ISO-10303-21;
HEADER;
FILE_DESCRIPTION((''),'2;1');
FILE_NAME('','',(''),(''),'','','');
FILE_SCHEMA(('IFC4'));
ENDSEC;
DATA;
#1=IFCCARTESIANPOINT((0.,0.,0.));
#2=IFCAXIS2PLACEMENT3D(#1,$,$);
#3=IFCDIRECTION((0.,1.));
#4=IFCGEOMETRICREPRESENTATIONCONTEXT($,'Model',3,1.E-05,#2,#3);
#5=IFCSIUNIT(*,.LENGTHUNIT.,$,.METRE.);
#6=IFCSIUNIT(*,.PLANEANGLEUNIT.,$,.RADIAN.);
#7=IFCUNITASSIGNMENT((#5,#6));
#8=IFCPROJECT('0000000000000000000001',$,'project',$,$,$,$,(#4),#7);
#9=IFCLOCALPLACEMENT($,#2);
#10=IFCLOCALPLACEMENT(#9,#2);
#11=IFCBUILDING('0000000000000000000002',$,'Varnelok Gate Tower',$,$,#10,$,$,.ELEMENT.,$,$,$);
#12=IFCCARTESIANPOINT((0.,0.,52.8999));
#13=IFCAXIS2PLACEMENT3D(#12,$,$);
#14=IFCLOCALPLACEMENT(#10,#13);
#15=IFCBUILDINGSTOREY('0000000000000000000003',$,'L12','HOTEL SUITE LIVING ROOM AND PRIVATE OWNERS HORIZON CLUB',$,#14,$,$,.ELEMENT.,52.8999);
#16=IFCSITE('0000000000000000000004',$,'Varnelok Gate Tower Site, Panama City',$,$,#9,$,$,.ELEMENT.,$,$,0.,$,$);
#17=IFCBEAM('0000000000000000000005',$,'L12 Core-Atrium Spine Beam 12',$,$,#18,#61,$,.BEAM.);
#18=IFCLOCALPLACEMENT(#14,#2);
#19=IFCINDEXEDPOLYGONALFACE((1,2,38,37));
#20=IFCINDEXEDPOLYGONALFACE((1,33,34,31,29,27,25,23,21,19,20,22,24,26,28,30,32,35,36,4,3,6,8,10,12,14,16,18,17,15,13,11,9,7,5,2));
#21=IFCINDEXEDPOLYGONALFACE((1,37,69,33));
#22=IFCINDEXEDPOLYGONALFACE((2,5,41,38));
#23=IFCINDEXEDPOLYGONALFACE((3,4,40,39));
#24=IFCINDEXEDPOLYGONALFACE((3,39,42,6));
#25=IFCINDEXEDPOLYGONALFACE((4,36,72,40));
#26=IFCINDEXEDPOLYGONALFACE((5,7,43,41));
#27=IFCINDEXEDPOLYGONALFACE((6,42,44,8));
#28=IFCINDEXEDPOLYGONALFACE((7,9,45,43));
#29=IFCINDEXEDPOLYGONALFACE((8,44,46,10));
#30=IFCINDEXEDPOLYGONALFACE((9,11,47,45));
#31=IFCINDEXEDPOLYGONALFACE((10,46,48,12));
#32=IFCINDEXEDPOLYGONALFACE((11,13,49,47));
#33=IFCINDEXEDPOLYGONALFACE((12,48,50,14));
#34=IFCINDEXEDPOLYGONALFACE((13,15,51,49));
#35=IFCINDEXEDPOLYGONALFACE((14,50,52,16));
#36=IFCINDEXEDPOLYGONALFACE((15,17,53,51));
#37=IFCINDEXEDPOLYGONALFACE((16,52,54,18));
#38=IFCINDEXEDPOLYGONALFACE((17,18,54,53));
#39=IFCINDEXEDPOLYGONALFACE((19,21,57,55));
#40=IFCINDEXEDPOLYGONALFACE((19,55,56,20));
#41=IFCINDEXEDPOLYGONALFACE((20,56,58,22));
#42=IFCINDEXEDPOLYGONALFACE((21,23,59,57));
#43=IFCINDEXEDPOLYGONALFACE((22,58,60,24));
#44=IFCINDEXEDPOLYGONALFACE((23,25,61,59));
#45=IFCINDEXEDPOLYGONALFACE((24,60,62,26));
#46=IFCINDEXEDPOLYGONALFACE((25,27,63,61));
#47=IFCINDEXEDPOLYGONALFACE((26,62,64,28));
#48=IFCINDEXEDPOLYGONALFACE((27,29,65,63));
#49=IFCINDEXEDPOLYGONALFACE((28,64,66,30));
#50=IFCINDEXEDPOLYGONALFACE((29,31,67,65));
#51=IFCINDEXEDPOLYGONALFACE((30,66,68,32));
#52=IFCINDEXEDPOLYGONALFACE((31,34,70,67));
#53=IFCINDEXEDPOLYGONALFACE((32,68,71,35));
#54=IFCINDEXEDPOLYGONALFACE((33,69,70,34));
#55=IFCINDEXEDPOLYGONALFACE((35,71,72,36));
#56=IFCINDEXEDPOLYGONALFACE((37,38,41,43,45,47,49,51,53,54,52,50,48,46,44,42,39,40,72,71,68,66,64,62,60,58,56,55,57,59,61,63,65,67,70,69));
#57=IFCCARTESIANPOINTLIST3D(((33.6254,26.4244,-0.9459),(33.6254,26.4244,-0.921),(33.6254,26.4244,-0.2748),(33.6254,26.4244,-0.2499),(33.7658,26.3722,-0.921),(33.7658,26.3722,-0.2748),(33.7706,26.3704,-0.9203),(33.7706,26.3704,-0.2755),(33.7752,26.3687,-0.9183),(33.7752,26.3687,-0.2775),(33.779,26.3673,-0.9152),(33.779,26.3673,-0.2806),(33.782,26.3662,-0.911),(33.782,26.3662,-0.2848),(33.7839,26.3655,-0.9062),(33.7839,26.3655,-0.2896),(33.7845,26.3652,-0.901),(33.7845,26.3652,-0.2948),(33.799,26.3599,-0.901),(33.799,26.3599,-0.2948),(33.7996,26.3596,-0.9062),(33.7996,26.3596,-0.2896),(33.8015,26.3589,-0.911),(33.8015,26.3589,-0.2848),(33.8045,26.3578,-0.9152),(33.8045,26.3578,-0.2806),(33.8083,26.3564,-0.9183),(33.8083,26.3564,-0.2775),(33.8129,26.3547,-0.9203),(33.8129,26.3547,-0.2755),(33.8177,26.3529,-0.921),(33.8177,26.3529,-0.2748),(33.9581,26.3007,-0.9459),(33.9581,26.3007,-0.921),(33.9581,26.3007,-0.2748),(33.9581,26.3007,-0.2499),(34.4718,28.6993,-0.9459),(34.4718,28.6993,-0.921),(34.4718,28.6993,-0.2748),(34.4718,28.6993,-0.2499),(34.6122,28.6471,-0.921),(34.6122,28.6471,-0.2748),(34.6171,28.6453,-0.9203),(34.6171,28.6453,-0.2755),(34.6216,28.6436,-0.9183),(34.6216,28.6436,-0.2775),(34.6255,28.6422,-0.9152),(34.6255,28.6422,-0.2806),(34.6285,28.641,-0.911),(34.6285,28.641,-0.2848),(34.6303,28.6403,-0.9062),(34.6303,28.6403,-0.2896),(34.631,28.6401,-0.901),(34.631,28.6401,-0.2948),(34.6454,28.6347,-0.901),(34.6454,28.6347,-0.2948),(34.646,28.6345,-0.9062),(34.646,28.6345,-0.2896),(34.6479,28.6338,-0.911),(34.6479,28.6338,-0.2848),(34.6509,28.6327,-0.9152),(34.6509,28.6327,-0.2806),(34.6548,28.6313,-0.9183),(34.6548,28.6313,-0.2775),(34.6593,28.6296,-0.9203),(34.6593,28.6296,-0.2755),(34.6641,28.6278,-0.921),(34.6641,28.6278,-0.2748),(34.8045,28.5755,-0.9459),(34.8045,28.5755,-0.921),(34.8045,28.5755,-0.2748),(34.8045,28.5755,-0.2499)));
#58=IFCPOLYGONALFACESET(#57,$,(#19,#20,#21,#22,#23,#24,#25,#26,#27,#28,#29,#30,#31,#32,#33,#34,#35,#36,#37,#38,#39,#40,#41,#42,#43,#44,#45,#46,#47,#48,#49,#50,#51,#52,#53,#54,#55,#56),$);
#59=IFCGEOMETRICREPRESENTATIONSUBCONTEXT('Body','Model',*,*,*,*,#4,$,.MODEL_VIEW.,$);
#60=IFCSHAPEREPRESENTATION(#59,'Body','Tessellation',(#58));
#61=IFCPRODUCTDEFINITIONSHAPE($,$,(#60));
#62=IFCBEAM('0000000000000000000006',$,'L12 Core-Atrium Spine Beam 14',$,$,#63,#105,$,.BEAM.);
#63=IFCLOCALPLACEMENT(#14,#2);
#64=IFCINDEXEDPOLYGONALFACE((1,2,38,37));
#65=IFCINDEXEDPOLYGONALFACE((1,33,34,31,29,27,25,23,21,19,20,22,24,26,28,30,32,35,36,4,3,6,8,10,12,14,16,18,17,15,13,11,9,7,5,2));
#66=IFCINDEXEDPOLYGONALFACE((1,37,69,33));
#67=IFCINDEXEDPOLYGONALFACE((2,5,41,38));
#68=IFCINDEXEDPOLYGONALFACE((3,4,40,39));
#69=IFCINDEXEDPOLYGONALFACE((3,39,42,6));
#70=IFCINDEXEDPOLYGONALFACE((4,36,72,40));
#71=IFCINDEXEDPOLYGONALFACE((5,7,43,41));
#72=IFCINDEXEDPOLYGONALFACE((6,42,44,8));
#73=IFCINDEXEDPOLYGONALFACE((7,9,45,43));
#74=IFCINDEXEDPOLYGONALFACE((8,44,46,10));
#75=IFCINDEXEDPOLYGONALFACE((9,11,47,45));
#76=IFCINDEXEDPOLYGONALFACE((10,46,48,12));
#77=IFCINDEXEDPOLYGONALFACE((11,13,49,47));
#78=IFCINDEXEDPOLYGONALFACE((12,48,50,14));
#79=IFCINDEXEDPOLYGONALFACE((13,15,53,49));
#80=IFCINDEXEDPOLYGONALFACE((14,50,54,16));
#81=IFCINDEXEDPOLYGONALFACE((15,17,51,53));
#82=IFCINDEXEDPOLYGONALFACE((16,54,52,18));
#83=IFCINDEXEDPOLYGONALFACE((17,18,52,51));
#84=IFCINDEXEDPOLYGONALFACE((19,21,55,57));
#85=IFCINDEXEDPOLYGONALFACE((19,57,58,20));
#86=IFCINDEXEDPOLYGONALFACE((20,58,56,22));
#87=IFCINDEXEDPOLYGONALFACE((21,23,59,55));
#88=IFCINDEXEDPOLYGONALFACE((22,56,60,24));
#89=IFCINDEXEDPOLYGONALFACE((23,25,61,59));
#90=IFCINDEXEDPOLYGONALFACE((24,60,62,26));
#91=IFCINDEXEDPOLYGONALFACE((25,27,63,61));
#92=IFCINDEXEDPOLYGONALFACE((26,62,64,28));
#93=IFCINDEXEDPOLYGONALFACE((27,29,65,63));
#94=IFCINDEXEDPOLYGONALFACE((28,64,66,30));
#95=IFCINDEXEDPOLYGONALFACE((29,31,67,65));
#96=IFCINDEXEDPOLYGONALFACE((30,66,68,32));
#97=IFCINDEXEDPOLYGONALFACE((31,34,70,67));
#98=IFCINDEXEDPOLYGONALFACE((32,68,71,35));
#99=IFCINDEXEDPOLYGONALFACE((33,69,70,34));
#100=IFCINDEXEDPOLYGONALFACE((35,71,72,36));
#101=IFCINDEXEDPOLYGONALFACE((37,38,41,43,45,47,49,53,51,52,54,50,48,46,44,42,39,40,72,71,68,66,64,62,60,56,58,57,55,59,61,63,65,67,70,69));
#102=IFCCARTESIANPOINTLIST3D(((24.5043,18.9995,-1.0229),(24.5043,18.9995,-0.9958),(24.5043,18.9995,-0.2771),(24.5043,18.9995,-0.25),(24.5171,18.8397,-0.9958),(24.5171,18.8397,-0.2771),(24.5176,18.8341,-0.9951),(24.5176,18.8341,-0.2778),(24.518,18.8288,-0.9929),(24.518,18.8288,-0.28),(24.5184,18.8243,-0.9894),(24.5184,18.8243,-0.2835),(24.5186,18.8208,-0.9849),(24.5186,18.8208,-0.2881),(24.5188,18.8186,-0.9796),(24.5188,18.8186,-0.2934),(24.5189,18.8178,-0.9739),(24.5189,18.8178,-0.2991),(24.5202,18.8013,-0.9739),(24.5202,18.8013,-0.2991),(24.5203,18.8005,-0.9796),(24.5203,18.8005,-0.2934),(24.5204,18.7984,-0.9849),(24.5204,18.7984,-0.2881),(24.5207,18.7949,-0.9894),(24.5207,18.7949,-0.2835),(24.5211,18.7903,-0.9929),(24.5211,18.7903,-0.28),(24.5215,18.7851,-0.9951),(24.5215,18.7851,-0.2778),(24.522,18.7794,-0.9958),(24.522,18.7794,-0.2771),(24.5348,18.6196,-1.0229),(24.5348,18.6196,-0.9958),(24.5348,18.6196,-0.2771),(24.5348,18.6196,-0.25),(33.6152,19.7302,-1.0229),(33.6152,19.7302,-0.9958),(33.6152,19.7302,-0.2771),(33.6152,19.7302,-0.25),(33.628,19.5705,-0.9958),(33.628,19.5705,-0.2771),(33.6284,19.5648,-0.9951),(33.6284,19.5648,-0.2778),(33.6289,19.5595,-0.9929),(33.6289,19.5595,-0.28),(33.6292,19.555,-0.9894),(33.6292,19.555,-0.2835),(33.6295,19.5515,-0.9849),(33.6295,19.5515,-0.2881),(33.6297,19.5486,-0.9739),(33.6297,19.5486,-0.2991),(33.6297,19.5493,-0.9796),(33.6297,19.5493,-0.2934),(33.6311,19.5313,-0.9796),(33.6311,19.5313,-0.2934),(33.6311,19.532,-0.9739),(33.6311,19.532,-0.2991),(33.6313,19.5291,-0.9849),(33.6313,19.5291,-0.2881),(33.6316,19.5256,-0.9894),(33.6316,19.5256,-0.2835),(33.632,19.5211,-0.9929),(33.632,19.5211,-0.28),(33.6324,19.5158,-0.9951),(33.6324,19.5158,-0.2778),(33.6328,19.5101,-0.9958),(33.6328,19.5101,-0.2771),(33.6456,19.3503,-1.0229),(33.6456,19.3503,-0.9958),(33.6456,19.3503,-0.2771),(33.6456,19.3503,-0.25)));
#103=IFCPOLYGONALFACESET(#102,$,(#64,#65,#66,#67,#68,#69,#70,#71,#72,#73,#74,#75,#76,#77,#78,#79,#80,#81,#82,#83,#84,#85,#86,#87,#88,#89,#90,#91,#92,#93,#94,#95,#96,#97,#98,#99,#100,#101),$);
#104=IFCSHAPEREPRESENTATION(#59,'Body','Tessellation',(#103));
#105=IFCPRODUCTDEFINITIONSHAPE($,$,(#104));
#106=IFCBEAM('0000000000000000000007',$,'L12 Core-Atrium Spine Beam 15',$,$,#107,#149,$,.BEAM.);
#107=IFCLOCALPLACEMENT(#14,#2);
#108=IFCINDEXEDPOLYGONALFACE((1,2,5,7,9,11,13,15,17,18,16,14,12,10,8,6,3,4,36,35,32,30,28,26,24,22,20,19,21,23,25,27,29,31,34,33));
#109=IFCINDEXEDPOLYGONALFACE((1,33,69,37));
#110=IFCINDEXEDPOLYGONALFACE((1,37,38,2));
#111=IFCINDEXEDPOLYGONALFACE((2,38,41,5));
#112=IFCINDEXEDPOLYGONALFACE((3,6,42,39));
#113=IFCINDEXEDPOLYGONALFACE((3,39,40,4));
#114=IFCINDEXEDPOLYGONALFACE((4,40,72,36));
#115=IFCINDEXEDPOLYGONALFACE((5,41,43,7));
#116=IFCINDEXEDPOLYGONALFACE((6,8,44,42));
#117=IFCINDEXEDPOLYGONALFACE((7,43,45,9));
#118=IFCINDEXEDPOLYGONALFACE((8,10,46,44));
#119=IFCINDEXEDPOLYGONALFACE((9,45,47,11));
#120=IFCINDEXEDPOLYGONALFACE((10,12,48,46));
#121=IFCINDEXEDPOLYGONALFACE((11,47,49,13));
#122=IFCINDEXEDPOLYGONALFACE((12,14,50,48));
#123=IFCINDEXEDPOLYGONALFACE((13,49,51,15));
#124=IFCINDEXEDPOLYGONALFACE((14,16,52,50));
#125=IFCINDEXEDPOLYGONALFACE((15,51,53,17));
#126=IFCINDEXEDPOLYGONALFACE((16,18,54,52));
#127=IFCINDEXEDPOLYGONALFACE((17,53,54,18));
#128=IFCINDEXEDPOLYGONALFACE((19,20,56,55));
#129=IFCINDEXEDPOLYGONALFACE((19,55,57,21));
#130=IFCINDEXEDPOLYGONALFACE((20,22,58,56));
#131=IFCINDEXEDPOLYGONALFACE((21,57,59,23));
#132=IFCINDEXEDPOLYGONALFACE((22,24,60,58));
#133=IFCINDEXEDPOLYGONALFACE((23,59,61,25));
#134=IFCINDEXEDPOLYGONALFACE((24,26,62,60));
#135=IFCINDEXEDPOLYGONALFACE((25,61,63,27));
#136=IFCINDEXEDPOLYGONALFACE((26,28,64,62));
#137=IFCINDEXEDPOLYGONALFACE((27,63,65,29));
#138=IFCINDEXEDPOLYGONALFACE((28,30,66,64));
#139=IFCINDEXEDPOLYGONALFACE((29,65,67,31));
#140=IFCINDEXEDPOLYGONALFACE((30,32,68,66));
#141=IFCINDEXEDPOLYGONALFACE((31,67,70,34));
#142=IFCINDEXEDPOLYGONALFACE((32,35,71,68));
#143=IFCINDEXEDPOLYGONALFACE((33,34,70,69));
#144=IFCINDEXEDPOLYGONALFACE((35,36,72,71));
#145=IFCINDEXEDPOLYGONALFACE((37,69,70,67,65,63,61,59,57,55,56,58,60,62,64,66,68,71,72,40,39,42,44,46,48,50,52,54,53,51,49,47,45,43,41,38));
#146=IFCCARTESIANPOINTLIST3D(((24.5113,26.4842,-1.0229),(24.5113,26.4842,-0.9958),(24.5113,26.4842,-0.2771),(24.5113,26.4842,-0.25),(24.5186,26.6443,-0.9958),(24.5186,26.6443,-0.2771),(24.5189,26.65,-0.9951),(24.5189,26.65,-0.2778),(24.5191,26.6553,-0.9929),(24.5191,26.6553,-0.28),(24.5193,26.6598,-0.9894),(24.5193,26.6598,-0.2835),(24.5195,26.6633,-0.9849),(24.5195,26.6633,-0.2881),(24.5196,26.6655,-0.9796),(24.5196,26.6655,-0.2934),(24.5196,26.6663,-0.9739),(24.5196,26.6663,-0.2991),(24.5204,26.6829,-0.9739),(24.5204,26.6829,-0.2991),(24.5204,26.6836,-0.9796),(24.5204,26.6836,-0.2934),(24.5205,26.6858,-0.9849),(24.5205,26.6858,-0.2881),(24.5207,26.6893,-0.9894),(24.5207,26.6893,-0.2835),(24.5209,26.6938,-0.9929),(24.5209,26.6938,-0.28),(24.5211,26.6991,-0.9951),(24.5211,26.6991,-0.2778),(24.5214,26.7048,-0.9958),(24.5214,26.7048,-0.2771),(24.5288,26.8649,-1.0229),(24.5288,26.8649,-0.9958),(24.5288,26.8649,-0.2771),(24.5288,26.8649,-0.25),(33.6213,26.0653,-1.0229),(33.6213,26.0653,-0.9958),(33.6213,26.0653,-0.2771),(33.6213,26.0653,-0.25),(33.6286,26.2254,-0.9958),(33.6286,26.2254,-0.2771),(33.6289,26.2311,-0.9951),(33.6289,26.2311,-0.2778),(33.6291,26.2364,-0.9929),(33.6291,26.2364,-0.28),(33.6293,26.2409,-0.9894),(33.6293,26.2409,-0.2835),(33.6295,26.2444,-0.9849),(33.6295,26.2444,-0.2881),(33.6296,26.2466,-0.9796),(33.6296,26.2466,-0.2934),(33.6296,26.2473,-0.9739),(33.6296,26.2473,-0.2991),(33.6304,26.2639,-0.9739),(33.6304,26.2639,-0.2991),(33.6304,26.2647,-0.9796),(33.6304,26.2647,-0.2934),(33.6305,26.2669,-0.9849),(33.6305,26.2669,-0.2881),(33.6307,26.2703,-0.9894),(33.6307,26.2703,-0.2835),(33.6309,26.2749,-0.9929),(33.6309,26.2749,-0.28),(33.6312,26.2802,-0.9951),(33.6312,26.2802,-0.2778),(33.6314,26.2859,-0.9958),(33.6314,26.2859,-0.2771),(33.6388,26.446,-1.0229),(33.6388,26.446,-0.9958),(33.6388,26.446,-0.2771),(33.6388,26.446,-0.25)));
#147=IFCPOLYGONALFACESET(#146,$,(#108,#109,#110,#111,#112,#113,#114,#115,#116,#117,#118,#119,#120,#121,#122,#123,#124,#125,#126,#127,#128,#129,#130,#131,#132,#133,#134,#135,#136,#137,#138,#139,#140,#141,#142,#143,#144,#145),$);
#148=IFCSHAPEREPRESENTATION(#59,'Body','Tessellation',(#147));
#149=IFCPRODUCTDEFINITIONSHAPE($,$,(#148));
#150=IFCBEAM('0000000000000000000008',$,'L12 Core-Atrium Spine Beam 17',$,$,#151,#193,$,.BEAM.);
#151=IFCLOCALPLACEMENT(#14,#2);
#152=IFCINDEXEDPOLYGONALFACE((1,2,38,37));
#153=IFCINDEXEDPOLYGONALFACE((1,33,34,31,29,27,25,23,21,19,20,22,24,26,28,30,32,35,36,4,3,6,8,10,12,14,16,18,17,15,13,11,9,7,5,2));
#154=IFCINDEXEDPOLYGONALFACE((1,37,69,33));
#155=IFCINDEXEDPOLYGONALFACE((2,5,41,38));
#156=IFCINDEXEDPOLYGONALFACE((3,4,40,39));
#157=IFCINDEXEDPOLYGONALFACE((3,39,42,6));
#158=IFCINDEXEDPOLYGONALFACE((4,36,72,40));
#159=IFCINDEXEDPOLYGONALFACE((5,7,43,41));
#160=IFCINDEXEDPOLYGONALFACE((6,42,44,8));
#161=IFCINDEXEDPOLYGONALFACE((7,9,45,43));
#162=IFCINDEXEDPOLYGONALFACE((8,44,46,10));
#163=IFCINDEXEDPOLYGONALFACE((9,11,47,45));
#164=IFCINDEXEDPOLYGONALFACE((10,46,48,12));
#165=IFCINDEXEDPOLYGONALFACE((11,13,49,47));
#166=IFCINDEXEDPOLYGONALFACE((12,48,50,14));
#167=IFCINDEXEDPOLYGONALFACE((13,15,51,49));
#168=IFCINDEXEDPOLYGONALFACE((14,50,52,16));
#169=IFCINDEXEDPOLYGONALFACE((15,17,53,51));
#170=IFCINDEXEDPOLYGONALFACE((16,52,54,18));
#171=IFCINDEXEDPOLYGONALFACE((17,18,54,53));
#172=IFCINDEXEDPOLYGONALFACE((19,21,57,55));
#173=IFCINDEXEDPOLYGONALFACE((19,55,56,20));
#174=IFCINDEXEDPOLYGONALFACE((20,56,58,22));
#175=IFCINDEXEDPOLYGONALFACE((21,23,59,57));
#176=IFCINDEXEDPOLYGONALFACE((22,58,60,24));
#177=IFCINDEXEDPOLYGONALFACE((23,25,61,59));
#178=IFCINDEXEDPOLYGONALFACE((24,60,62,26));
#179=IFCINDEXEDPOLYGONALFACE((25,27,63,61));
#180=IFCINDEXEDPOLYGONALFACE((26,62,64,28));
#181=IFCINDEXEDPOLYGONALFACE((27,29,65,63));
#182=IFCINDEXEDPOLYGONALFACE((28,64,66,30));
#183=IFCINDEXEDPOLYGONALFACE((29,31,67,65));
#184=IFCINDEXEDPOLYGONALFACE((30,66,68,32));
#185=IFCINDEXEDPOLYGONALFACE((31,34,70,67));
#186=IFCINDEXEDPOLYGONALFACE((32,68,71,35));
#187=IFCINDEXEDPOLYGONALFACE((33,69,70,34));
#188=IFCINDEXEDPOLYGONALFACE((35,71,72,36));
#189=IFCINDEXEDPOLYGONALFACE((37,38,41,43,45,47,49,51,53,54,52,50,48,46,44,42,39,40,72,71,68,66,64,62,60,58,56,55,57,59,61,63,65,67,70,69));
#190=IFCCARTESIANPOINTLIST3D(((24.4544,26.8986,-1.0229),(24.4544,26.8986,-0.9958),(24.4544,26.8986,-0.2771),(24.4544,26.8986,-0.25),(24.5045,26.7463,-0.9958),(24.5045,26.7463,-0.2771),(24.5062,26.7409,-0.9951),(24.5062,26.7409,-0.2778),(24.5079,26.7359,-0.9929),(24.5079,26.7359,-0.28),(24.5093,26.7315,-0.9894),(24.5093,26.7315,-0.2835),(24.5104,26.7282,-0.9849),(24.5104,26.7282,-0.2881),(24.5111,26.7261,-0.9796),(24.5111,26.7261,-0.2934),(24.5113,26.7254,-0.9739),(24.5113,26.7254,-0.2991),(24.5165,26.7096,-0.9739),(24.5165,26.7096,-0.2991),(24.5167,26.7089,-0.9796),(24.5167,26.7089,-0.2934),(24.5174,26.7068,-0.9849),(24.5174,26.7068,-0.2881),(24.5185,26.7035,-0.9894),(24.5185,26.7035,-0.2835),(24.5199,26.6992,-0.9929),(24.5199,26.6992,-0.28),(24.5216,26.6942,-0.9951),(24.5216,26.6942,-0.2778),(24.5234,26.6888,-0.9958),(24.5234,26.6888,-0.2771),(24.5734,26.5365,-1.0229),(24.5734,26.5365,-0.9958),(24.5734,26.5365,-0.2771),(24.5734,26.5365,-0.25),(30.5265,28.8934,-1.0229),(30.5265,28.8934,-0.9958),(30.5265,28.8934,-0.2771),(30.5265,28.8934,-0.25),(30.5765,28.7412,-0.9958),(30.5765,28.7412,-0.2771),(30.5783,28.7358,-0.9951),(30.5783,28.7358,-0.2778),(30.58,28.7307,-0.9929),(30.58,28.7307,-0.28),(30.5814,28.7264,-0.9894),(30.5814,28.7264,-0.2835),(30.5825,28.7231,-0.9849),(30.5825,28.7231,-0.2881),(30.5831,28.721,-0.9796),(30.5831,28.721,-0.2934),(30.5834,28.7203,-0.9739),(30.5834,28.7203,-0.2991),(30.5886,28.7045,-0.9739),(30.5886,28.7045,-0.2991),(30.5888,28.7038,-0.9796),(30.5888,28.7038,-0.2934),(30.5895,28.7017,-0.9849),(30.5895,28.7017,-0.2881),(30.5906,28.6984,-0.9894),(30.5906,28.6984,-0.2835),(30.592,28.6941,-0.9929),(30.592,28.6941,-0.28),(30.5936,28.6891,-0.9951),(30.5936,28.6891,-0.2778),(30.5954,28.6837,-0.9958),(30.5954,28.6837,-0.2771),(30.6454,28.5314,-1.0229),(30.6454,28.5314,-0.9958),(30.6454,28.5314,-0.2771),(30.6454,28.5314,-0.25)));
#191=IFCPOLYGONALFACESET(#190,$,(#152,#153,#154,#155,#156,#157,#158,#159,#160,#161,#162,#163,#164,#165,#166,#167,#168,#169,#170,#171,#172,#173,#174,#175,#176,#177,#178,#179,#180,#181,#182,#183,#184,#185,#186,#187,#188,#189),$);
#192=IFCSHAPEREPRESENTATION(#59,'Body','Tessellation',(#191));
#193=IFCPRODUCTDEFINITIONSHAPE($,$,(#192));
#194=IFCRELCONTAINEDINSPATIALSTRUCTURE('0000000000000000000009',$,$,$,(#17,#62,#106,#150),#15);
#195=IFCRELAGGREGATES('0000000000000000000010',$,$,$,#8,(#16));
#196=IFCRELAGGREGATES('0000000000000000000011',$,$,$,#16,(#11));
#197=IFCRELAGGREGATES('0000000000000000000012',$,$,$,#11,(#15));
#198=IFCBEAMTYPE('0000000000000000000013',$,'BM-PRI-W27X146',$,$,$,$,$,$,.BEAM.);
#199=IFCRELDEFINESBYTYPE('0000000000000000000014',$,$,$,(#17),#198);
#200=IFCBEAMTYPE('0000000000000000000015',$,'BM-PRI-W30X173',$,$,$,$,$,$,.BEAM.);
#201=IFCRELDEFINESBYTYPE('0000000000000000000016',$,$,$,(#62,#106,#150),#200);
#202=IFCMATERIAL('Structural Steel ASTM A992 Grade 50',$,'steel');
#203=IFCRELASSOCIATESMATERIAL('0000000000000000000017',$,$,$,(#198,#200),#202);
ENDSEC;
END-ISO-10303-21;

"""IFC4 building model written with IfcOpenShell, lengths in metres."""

from ifc_helpers import new_model, si_unit, direction, frame, origin, origin_2d, place, context, subcontext, project, spatial, i_section, extrude, material, material_profile, profile_set, type_object, element, save


model = new_model("IFC4")

# Units and contexts
model_context = context("Model", 3, precision=1e-05, world=origin(), true_north=direction((0.0, 1.0)))
body_context = subcontext(model_context, "Body", "Model", "MODEL_VIEW")
ifc_project = project(units=[si_unit("LENGTHUNIT", "METRE"), si_unit("PLANEANGLEUNIT", "RADIAN")], contexts=[model_context])

# Site, building, storey
site_placement = place(None, origin())
site = spatial("IfcSite", under=ifc_project, at=site_placement, Name="Varnelok Gate Tower Site, Panama City", CompositionType="ELEMENT", RefElevation=0.0)
building_placement = place(site_placement, origin())
building = spatial("IfcBuilding", under=site, at=building_placement, Name="Varnelok Gate Tower", CompositionType="ELEMENT")
storey_placement = place(building_placement, frame((0.0, 0.0, 52.8999)))
storey = spatial("IfcBuildingStorey", under=building, at=storey_placement, Name="L12", Description="HOTEL SUITE LIVING ROOM AND PRIVATE OWNERS HORIZON CLUB", CompositionType="ELEMENT", Elevation=52.8999)

# Shared definitions
ifc_material_1 = material(Name="Structural Steel ASTM A992 Grade 50", Category="steel")

# Beams
ifc_material_profile_1 = material_profile(ifc_material_1, i_section(OverallWidth=0.355, OverallDepth=0.696, WebThickness=0.0154, FlangeThickness=0.0249, FilletRadius=0.02, at=origin_2d()), Name="W27X146")
ifc_profile_set_1 = profile_set([ifc_material_profile_1], Name="Structural Steel ASTM A992 Grade 50")
beam_type_1 = type_object("IfcBeamType", Name="BM-PRI-W27X146", PredefinedType="BEAM", material=ifc_profile_set_1)
beam_1_placement = place(storey_placement, frame((33.7917, 26.3625, -0.5979), z_axis=(0.348719, 0.937227, 0.0), x_axis=(-0.937227, 0.348719, 0.0)))
element("IfcBeam", 1, at=beam_1_placement, inside=storey, type_object=beam_type_1, Name="L12 Core-Atrium Spine Beam 12", PredefinedType="BEAM", context=body_context, shape_type="SweptSolid", body=[
    extrude(i_section(OverallWidth=0.355, OverallDepth=0.696, WebThickness=0.0154, FlangeThickness=0.0249, FilletRadius=0.02, at=origin_2d()), origin(), (0.0, 0.0, 1.0), 2.4272),
])
ifc_material_profile_2 = material_profile(ifc_material_1, i_section(OverallWidth=0.3811, OverallDepth=0.7729, WebThickness=0.0166, FlangeThickness=0.0271, FilletRadius=0.022, at=origin_2d()), Name="W30X173")
ifc_profile_set_2 = profile_set([ifc_material_profile_2], Name="Structural Steel ASTM A992 Grade 50")
beam_type_2 = type_object("IfcBeamType", Name="BM-PRI-W30X173", PredefinedType="BEAM", material=ifc_profile_set_2)
beam_2_placement = place(storey_placement, frame((24.5195, 18.8096, -0.6365), z_axis=(0.996799, 0.079946, 0.0), x_axis=(-0.079946, 0.996799, 0.0)))
element("IfcBeam", 2, at=beam_2_placement, inside=storey, type_object=beam_type_2, Name="L12 Core-Atrium Spine Beam 14", PredefinedType="BEAM", context=body_context, shape_type="SweptSolid", body=[
    extrude(i_section(OverallWidth=0.3811, OverallDepth=0.7729, WebThickness=0.0166, FlangeThickness=0.0271, FilletRadius=0.022, at=origin_2d()), origin(), (0.0, 0.0, 1.0), 9.1401),
])
beam_3_placement = place(storey_placement, frame((24.52, 26.6746, -0.6365), z_axis=(0.998944, -0.045938, 0.0), x_axis=(0.045938, 0.998944, 0.0)))
element("IfcBeam", 3, at=beam_3_placement, inside=storey, type_object=beam_type_2, Name="L12 Core-Atrium Spine Beam 15", PredefinedType="BEAM", context=body_context, shape_type="SweptSolid", body=[
    extrude(i_section(OverallWidth=0.3811, OverallDepth=0.7729, WebThickness=0.0166, FlangeThickness=0.0271, FilletRadius=0.022, at=origin_2d()), origin(), (0.0, 0.0, 1.0), 9.1196),
])
beam_4_placement = place(storey_placement, frame((24.5139, 26.7175, -0.6365), z_axis=(0.950042, 0.312122, 0.0), x_axis=(-0.312122, 0.950042, 0.0)))
element("IfcBeam", 4, at=beam_4_placement, inside=storey, type_object=beam_type_2, Name="L12 Core-Atrium Spine Beam 17", PredefinedType="BEAM", context=body_context, shape_type="SweptSolid", body=[
    extrude(i_section(OverallWidth=0.3811, OverallDepth=0.7729, WebThickness=0.0166, FlangeThickness=0.0271, FilletRadius=0.022, at=origin_2d()), origin(), (0.0, 0.0, 1.0), 6.3914),
])

save(model, "model.ifc")
